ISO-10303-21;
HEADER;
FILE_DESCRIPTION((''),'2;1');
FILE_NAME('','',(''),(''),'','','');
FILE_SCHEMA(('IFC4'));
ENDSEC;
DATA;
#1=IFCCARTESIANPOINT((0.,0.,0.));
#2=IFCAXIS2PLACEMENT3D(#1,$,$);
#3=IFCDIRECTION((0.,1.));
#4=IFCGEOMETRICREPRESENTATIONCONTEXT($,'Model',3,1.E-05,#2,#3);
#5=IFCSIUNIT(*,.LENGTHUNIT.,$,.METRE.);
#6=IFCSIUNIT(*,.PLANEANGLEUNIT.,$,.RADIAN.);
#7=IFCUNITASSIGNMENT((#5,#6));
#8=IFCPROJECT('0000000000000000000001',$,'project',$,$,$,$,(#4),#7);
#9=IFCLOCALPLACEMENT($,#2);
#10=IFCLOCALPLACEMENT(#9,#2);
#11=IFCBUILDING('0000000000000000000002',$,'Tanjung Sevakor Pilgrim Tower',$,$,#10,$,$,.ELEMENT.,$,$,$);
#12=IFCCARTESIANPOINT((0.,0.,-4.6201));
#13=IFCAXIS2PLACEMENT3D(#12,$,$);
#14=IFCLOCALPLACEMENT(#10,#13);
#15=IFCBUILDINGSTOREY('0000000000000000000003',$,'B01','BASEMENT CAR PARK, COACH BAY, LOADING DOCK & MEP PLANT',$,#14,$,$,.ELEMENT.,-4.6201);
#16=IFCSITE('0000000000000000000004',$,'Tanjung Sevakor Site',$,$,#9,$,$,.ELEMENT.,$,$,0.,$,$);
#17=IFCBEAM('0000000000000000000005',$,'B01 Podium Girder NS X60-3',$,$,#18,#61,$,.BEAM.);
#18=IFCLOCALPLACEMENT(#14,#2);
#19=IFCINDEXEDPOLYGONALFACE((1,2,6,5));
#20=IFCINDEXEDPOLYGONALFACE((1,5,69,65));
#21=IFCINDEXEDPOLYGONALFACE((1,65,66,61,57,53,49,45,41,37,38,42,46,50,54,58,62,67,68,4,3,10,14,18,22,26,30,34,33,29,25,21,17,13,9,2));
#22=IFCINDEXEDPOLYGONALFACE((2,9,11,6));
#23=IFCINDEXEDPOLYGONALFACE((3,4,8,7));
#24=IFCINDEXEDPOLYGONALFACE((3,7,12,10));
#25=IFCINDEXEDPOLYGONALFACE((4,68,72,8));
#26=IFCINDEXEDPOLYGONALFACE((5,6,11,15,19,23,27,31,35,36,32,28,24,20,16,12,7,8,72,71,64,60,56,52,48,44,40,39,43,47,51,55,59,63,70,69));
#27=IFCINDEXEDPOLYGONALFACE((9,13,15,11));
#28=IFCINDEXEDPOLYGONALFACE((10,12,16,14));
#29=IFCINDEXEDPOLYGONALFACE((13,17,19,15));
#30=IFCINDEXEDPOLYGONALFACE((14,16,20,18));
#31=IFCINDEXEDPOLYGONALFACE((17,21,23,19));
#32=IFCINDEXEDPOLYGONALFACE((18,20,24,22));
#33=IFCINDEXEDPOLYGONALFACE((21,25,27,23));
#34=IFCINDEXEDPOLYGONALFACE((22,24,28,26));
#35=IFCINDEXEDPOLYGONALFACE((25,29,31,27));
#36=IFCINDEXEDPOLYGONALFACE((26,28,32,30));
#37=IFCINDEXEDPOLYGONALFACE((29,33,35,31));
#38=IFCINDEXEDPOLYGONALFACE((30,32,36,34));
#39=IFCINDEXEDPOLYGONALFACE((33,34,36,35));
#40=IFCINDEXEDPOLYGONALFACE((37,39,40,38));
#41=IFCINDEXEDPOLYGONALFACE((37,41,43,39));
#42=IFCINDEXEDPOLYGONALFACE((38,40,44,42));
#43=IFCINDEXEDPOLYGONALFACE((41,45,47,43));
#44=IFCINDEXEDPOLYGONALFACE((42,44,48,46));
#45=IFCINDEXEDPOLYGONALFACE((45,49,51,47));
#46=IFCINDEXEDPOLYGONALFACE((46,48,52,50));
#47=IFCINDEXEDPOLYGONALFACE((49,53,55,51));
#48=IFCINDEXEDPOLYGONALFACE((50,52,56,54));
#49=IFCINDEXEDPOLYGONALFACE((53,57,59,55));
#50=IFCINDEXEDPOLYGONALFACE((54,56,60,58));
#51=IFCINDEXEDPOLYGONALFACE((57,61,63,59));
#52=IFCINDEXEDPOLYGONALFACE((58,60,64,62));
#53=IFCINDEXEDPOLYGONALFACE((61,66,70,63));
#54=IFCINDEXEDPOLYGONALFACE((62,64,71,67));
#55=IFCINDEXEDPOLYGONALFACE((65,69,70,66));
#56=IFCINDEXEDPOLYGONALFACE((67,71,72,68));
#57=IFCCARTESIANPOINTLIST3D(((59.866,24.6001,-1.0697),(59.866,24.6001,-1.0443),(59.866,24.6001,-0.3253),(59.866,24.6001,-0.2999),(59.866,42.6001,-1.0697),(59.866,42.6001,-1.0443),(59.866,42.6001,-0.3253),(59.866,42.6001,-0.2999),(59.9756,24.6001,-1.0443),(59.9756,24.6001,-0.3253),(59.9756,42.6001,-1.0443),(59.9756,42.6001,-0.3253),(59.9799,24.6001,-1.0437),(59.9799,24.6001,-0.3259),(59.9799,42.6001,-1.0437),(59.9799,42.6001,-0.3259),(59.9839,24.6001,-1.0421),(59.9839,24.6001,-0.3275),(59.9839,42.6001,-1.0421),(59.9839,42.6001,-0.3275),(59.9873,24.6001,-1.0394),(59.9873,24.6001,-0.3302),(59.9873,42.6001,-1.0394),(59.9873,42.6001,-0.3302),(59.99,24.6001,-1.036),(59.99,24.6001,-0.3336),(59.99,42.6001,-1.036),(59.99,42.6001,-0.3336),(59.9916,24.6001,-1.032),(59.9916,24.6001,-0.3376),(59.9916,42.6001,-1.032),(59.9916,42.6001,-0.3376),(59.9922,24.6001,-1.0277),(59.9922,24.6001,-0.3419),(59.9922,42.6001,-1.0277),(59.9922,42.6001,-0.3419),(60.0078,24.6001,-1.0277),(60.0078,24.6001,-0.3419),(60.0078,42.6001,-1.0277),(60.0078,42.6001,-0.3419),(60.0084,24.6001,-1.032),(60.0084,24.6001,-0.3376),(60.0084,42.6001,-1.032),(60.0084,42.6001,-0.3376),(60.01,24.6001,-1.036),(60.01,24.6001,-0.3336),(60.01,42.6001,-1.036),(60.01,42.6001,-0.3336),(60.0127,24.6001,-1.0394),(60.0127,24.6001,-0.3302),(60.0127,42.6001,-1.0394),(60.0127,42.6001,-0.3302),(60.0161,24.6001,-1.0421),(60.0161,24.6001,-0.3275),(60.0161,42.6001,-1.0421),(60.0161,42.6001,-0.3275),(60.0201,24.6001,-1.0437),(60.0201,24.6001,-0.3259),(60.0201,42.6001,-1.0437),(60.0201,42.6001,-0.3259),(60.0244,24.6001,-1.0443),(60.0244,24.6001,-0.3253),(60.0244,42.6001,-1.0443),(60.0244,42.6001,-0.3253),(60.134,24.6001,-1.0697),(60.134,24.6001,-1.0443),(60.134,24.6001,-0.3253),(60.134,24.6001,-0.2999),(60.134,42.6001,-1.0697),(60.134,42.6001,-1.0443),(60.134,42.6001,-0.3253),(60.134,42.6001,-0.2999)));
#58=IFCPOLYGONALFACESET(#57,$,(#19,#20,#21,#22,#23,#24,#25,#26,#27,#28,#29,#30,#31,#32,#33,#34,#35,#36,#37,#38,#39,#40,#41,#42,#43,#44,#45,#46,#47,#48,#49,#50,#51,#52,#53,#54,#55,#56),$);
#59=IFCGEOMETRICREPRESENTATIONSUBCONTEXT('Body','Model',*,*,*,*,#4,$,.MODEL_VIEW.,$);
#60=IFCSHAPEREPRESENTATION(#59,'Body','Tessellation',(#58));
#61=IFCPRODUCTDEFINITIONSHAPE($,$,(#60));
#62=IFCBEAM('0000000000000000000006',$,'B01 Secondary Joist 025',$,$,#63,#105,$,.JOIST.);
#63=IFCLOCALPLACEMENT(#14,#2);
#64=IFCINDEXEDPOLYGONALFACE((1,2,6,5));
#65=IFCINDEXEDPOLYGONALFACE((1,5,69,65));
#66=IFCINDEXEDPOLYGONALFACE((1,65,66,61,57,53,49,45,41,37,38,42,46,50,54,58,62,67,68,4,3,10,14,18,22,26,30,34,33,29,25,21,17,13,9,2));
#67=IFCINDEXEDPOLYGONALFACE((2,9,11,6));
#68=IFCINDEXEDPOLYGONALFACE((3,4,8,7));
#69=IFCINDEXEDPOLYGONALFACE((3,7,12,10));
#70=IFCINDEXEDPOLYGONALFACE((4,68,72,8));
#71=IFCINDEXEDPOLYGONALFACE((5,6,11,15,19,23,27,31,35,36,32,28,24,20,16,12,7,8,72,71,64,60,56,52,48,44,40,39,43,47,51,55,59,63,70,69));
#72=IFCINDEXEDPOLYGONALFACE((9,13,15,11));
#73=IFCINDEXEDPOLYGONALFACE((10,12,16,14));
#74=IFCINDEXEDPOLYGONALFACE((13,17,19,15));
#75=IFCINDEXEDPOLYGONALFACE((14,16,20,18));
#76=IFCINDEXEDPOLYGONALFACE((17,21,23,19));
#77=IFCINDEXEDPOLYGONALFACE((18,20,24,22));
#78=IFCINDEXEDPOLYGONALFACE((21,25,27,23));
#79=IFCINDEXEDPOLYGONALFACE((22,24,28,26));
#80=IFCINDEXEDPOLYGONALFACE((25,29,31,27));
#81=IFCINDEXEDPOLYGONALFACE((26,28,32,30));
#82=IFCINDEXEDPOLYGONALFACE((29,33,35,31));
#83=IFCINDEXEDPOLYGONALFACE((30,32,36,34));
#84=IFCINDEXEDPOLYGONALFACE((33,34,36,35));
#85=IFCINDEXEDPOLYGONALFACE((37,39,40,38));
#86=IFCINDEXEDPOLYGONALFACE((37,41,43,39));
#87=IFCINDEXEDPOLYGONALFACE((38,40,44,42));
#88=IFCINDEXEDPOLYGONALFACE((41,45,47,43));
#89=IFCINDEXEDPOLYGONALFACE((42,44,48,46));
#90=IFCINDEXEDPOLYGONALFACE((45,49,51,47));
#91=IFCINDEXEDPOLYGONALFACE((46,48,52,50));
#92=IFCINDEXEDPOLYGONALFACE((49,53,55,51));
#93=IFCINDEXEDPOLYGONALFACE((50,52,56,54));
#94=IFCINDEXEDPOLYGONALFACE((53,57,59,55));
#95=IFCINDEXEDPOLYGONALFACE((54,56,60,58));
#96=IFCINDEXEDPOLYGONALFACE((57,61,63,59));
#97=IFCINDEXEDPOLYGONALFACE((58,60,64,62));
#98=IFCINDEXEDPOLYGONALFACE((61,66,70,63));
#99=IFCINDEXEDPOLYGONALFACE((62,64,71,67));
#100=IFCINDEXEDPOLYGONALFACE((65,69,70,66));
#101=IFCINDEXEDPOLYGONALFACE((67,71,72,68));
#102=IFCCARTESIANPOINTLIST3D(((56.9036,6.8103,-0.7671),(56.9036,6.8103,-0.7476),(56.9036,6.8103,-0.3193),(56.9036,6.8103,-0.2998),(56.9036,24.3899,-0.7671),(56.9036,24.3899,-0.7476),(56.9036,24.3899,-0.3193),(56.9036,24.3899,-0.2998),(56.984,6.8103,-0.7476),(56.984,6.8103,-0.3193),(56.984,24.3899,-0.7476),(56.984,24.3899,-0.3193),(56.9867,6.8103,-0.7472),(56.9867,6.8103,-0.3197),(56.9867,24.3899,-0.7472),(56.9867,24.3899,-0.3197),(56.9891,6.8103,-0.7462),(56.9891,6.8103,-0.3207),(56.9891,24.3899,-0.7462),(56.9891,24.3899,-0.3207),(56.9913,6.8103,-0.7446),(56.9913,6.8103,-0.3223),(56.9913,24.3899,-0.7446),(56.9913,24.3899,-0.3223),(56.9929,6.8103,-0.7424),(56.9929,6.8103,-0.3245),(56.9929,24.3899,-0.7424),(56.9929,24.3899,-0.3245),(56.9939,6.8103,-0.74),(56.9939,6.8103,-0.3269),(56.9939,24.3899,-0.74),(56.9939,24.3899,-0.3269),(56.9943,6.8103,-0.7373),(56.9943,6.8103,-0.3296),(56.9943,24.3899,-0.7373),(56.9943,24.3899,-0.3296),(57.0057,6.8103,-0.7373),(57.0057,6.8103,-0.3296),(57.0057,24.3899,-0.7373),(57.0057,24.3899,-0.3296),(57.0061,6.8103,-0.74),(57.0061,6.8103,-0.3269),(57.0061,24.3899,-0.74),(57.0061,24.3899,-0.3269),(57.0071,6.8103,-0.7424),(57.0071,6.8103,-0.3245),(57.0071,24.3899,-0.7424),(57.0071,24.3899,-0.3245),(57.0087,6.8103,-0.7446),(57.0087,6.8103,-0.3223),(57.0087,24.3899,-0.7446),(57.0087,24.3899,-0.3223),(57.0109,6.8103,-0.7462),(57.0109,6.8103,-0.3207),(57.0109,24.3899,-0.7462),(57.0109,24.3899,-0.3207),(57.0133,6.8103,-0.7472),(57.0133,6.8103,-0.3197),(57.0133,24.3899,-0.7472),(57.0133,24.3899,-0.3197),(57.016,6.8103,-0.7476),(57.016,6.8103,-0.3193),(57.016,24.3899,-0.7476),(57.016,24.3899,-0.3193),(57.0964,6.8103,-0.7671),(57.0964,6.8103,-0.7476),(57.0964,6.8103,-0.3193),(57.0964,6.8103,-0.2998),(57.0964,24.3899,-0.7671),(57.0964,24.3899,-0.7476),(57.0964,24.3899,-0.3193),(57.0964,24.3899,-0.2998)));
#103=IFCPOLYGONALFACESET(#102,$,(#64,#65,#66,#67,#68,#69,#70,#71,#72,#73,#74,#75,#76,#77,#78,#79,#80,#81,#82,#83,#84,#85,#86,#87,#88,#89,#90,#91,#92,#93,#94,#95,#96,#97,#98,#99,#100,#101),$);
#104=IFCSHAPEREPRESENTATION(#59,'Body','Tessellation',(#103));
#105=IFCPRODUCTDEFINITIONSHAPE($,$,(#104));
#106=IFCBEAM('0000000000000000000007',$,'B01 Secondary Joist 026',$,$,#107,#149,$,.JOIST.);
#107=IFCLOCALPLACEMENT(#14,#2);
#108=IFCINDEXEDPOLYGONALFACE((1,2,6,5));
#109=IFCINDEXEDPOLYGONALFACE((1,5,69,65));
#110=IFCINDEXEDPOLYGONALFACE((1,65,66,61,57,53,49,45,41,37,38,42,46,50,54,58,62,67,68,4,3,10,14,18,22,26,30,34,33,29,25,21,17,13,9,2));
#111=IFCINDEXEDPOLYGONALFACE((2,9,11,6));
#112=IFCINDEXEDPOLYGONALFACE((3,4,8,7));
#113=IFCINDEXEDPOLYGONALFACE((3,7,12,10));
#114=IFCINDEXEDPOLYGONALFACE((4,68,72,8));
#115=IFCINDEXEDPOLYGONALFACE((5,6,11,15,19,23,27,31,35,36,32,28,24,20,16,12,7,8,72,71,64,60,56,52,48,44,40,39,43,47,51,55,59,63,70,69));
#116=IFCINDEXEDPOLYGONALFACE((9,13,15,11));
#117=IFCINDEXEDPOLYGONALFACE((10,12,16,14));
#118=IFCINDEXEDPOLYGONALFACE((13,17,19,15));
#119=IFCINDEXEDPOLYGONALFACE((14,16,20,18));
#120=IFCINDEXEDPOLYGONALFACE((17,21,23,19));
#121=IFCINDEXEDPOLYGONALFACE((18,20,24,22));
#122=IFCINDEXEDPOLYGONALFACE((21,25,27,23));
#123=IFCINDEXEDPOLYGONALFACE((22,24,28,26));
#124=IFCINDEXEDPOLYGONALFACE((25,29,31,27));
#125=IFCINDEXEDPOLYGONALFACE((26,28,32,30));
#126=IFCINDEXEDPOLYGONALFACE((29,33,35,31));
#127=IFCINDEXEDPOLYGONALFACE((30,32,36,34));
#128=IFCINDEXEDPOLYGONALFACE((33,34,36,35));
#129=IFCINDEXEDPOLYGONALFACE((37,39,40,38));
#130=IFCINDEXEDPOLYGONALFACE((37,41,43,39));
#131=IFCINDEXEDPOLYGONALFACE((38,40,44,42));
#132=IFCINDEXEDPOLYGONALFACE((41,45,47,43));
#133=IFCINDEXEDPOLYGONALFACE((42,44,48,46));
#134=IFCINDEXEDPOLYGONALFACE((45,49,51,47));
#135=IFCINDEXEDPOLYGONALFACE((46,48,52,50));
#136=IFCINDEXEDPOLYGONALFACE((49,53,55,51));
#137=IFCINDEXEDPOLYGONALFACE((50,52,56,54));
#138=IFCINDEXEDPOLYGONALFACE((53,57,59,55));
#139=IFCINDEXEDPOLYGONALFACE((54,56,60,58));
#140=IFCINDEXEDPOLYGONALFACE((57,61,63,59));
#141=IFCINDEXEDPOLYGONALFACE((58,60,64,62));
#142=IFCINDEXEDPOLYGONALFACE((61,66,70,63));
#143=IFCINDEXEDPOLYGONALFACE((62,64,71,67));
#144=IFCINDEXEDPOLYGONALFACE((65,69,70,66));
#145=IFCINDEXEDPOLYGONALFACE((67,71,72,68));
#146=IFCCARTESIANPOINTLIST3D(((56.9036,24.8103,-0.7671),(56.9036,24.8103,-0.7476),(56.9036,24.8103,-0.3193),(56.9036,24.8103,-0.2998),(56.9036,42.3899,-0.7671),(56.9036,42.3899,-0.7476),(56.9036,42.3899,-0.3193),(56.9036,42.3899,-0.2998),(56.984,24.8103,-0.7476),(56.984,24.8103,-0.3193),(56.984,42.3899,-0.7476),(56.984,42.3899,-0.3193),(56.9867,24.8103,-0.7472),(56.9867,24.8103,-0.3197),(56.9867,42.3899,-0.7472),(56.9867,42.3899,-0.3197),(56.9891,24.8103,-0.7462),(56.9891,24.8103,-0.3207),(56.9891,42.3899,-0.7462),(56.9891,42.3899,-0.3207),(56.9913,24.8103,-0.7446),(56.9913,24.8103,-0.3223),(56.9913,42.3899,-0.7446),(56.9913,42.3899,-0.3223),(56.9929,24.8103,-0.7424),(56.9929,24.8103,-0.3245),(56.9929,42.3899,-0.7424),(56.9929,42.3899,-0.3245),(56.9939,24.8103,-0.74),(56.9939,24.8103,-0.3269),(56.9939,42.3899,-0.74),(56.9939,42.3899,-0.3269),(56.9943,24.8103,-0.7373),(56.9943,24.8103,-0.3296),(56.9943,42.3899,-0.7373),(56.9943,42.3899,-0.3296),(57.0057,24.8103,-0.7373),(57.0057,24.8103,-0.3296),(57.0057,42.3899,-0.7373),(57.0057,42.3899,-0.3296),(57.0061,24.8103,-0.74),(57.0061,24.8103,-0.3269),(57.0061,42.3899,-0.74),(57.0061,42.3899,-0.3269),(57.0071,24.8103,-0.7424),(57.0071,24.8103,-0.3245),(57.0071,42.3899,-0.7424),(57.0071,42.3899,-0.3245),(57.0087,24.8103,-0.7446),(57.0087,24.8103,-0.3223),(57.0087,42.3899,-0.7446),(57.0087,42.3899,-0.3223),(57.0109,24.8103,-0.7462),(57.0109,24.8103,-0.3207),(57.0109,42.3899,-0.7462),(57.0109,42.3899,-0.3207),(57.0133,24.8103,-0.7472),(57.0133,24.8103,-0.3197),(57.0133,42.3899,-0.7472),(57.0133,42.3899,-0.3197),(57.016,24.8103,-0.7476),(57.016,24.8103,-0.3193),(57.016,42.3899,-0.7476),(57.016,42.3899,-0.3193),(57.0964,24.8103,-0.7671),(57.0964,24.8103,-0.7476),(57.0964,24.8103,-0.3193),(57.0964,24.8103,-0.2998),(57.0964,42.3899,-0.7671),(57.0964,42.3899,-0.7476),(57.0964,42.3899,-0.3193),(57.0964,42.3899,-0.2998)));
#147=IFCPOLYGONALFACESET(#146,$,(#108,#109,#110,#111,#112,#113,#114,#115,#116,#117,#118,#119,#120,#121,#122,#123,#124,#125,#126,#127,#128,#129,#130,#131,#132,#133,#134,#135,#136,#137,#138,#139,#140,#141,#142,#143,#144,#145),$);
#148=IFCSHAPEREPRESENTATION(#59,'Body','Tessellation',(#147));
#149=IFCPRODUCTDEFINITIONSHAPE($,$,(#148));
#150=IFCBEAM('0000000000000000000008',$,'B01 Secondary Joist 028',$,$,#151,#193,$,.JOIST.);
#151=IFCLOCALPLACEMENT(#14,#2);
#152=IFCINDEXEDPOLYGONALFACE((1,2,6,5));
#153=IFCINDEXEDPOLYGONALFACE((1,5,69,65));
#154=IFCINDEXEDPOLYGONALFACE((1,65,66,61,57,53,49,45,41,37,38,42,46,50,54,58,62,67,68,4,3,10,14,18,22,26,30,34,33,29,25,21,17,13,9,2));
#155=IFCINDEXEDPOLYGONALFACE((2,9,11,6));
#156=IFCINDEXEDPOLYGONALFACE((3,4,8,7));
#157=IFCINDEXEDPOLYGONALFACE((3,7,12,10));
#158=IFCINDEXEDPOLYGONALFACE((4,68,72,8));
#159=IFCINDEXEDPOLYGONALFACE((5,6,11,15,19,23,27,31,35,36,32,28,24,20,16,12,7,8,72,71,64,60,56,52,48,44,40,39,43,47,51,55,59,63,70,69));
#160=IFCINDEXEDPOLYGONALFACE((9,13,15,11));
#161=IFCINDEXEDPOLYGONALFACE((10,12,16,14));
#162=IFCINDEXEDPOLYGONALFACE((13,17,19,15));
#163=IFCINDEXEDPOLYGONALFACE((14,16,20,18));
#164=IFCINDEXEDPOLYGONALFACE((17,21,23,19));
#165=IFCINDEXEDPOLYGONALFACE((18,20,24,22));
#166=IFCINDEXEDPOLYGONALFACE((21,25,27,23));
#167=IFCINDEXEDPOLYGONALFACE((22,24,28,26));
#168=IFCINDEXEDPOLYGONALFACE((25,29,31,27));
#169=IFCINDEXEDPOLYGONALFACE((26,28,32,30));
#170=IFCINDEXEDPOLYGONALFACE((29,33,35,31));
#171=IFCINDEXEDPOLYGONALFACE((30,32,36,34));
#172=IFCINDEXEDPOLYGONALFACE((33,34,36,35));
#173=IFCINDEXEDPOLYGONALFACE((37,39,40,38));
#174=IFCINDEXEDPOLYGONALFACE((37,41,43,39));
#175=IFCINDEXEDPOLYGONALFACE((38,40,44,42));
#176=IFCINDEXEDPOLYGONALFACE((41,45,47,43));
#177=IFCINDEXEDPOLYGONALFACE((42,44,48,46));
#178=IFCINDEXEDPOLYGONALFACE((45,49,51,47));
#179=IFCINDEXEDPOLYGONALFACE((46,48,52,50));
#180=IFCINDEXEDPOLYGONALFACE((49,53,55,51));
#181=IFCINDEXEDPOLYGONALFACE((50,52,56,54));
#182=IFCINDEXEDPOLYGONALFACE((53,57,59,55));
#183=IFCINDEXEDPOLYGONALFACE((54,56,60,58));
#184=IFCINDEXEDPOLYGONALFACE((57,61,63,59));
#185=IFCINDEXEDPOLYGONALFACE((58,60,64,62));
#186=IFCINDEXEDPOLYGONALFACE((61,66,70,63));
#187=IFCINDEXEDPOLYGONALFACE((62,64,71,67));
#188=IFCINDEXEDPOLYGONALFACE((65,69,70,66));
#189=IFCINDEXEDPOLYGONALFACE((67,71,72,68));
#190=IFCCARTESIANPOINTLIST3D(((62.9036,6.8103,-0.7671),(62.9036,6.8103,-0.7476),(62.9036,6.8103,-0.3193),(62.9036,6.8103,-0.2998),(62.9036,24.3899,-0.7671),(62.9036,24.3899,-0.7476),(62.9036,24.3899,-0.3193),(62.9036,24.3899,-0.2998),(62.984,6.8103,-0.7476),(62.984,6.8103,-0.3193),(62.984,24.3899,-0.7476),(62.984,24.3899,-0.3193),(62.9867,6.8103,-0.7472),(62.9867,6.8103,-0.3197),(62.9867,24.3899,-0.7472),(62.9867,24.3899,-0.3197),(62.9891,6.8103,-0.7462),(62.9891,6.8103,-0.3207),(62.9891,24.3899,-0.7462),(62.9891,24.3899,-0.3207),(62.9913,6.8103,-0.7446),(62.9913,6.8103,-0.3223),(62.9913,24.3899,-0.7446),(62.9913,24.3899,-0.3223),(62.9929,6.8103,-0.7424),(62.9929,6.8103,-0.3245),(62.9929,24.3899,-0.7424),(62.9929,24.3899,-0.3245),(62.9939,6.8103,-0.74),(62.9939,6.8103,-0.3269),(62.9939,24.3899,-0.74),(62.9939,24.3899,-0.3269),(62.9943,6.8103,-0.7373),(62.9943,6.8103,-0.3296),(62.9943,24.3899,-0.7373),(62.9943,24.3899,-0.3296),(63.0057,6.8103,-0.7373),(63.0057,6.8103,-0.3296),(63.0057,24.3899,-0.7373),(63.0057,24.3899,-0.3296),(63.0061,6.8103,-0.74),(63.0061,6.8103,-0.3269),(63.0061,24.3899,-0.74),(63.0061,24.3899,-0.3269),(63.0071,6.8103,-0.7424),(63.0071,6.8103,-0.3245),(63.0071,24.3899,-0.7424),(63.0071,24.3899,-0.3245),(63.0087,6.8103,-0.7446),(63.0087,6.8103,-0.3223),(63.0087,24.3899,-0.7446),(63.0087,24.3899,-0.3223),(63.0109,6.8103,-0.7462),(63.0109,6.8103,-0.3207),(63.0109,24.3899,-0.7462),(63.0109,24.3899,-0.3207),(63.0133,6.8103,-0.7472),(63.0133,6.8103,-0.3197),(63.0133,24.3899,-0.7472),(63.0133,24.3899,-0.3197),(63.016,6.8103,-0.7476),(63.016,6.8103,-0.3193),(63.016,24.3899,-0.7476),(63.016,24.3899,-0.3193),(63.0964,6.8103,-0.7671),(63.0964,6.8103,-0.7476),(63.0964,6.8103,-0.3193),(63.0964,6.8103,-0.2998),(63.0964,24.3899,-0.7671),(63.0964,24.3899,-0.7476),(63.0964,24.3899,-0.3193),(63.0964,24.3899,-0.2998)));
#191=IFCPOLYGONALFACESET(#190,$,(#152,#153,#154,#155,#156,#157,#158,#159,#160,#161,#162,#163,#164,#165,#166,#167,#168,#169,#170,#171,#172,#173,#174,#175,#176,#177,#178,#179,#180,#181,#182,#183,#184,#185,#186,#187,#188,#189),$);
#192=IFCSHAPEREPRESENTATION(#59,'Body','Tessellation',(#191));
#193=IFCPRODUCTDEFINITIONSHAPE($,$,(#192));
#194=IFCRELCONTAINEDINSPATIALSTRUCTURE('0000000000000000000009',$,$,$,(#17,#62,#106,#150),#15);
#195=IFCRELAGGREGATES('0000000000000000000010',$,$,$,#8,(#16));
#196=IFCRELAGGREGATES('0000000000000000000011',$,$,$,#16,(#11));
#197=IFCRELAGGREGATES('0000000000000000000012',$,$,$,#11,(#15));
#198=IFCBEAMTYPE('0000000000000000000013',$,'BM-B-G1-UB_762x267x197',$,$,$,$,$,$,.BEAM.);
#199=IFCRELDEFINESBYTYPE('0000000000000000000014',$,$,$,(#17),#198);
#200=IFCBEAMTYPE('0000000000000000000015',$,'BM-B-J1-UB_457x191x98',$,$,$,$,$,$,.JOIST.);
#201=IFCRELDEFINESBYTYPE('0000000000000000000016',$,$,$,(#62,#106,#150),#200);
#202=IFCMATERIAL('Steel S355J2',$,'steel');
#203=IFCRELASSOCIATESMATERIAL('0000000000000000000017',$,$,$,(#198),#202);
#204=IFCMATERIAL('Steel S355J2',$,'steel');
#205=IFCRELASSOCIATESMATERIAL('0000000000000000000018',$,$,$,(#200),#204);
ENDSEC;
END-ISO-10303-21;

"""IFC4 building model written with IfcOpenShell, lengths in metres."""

from ifc_helpers import new_model, si_unit, direction, frame, origin, origin_2d, place, context, subcontext, project, spatial, i_section, extrude, material, material_profile, profile_set, type_object, element, save


model = new_model("IFC4")

# Units and contexts
model_context = context("Model", 3, precision=1e-05, world=origin(), true_north=direction((0.0, 1.0)))
body_context = subcontext(model_context, "Body", "Model", "MODEL_VIEW")
ifc_project = project(units=[si_unit("LENGTHUNIT", "METRE"), si_unit("PLANEANGLEUNIT", "RADIAN")], contexts=[model_context])

# Site, building, storey
site_placement = place(None, origin())
site = spatial("IfcSite", under=ifc_project, at=site_placement, Name="Tanjung Sevakor Site", CompositionType="ELEMENT", RefElevation=0.0)
building_placement = place(site_placement, origin())
building = spatial("IfcBuilding", under=site, at=building_placement, Name="Tanjung Sevakor Pilgrim Tower", CompositionType="ELEMENT")
storey_placement = place(building_placement, frame((0.0, 0.0, -4.6201)))
storey = spatial("IfcBuildingStorey", under=building, at=storey_placement, Name="B01", Description="BASEMENT CAR PARK, COACH BAY, LOADING DOCK & MEP PLANT", CompositionType="ELEMENT", Elevation=-4.6201)

# Beams
ifc_material_1 = material(Name="Steel S355J2", Category="steel")
ifc_material_profile_1 = material_profile(ifc_material_1, i_section(OverallWidth=0.2681, OverallDepth=0.7698, WebThickness=0.0156, FlangeThickness=0.0254, FilletRadius=0.0166, at=origin_2d()))
ifc_profile_set_1 = profile_set([ifc_material_profile_1], Name="Steel S355J2")
beam_type_1 = type_object("IfcBeamType", Name="BM-B-G1-UB_762x267x197", PredefinedType="BEAM", material=ifc_profile_set_1)
for number, where, z_axis, x_axis, name in (
    (1, (60.0, 24.6001, -0.6848), (0.0, 1.0, 0.0), (-1.0, 0.0, 0.0), "B01 Podium Girder NS X60-3"),
):
    element("IfcBeam", number, at=place(storey_placement, frame(where, z_axis=z_axis, x_axis=x_axis)), inside=storey, type_object=beam_type_1, Name=name, PredefinedType="BEAM", context=body_context, shape_type="SweptSolid", body=[
        extrude(i_section(OverallWidth=0.2681, OverallDepth=0.7698, WebThickness=0.0156, FlangeThickness=0.0254, FilletRadius=0.0166, at=origin_2d()), origin(), (0.0, 0.0, 1.0), 18.0),
    ])
ifc_material_2 = material(Name="Steel S355J2", Category="steel")
ifc_material_profile_2 = material_profile(ifc_material_2, i_section(OverallWidth=0.1929, OverallDepth=0.4673, WebThickness=0.0115, FlangeThickness=0.0195, FilletRadius=0.0103, at=origin_2d()))
ifc_profile_set_2 = profile_set([ifc_material_profile_2], Name="Steel S355J2")
beam_type_2 = type_object("IfcBeamType", Name="BM-B-J1-UB_457x191x98", PredefinedType="JOIST", material=ifc_profile_set_2)
for number, where, z_axis, x_axis, name in (
    (2, (57.0, 6.8103, -0.5334), (0.0, 1.0, 0.0), (-1.0, 0.0, 0.0), "B01 Secondary Joist 025"),
    (3, (57.0, 24.8103, -0.5334), (0.0, 1.0, 0.0), (-1.0, 0.0, 0.0), "B01 Secondary Joist 026"),
    (4, (63.0, 6.8103, -0.5334), (0.0, 1.0, 0.0), (-1.0, 0.0, 0.0), "B01 Secondary Joist 028"),
):
    element("IfcBeam", number, at=place(storey_placement, frame(where, z_axis=z_axis, x_axis=x_axis)), inside=storey, type_object=beam_type_2, Name=name, PredefinedType="JOIST", context=body_context, shape_type="SweptSolid", body=[
        extrude(i_section(OverallWidth=0.1929, OverallDepth=0.4673, WebThickness=0.0115, FlangeThickness=0.0195, FilletRadius=0.0103, at=origin_2d()), origin(), (0.0, 0.0, 1.0), 17.5796),
    ])

save(model, "model.ifc")
